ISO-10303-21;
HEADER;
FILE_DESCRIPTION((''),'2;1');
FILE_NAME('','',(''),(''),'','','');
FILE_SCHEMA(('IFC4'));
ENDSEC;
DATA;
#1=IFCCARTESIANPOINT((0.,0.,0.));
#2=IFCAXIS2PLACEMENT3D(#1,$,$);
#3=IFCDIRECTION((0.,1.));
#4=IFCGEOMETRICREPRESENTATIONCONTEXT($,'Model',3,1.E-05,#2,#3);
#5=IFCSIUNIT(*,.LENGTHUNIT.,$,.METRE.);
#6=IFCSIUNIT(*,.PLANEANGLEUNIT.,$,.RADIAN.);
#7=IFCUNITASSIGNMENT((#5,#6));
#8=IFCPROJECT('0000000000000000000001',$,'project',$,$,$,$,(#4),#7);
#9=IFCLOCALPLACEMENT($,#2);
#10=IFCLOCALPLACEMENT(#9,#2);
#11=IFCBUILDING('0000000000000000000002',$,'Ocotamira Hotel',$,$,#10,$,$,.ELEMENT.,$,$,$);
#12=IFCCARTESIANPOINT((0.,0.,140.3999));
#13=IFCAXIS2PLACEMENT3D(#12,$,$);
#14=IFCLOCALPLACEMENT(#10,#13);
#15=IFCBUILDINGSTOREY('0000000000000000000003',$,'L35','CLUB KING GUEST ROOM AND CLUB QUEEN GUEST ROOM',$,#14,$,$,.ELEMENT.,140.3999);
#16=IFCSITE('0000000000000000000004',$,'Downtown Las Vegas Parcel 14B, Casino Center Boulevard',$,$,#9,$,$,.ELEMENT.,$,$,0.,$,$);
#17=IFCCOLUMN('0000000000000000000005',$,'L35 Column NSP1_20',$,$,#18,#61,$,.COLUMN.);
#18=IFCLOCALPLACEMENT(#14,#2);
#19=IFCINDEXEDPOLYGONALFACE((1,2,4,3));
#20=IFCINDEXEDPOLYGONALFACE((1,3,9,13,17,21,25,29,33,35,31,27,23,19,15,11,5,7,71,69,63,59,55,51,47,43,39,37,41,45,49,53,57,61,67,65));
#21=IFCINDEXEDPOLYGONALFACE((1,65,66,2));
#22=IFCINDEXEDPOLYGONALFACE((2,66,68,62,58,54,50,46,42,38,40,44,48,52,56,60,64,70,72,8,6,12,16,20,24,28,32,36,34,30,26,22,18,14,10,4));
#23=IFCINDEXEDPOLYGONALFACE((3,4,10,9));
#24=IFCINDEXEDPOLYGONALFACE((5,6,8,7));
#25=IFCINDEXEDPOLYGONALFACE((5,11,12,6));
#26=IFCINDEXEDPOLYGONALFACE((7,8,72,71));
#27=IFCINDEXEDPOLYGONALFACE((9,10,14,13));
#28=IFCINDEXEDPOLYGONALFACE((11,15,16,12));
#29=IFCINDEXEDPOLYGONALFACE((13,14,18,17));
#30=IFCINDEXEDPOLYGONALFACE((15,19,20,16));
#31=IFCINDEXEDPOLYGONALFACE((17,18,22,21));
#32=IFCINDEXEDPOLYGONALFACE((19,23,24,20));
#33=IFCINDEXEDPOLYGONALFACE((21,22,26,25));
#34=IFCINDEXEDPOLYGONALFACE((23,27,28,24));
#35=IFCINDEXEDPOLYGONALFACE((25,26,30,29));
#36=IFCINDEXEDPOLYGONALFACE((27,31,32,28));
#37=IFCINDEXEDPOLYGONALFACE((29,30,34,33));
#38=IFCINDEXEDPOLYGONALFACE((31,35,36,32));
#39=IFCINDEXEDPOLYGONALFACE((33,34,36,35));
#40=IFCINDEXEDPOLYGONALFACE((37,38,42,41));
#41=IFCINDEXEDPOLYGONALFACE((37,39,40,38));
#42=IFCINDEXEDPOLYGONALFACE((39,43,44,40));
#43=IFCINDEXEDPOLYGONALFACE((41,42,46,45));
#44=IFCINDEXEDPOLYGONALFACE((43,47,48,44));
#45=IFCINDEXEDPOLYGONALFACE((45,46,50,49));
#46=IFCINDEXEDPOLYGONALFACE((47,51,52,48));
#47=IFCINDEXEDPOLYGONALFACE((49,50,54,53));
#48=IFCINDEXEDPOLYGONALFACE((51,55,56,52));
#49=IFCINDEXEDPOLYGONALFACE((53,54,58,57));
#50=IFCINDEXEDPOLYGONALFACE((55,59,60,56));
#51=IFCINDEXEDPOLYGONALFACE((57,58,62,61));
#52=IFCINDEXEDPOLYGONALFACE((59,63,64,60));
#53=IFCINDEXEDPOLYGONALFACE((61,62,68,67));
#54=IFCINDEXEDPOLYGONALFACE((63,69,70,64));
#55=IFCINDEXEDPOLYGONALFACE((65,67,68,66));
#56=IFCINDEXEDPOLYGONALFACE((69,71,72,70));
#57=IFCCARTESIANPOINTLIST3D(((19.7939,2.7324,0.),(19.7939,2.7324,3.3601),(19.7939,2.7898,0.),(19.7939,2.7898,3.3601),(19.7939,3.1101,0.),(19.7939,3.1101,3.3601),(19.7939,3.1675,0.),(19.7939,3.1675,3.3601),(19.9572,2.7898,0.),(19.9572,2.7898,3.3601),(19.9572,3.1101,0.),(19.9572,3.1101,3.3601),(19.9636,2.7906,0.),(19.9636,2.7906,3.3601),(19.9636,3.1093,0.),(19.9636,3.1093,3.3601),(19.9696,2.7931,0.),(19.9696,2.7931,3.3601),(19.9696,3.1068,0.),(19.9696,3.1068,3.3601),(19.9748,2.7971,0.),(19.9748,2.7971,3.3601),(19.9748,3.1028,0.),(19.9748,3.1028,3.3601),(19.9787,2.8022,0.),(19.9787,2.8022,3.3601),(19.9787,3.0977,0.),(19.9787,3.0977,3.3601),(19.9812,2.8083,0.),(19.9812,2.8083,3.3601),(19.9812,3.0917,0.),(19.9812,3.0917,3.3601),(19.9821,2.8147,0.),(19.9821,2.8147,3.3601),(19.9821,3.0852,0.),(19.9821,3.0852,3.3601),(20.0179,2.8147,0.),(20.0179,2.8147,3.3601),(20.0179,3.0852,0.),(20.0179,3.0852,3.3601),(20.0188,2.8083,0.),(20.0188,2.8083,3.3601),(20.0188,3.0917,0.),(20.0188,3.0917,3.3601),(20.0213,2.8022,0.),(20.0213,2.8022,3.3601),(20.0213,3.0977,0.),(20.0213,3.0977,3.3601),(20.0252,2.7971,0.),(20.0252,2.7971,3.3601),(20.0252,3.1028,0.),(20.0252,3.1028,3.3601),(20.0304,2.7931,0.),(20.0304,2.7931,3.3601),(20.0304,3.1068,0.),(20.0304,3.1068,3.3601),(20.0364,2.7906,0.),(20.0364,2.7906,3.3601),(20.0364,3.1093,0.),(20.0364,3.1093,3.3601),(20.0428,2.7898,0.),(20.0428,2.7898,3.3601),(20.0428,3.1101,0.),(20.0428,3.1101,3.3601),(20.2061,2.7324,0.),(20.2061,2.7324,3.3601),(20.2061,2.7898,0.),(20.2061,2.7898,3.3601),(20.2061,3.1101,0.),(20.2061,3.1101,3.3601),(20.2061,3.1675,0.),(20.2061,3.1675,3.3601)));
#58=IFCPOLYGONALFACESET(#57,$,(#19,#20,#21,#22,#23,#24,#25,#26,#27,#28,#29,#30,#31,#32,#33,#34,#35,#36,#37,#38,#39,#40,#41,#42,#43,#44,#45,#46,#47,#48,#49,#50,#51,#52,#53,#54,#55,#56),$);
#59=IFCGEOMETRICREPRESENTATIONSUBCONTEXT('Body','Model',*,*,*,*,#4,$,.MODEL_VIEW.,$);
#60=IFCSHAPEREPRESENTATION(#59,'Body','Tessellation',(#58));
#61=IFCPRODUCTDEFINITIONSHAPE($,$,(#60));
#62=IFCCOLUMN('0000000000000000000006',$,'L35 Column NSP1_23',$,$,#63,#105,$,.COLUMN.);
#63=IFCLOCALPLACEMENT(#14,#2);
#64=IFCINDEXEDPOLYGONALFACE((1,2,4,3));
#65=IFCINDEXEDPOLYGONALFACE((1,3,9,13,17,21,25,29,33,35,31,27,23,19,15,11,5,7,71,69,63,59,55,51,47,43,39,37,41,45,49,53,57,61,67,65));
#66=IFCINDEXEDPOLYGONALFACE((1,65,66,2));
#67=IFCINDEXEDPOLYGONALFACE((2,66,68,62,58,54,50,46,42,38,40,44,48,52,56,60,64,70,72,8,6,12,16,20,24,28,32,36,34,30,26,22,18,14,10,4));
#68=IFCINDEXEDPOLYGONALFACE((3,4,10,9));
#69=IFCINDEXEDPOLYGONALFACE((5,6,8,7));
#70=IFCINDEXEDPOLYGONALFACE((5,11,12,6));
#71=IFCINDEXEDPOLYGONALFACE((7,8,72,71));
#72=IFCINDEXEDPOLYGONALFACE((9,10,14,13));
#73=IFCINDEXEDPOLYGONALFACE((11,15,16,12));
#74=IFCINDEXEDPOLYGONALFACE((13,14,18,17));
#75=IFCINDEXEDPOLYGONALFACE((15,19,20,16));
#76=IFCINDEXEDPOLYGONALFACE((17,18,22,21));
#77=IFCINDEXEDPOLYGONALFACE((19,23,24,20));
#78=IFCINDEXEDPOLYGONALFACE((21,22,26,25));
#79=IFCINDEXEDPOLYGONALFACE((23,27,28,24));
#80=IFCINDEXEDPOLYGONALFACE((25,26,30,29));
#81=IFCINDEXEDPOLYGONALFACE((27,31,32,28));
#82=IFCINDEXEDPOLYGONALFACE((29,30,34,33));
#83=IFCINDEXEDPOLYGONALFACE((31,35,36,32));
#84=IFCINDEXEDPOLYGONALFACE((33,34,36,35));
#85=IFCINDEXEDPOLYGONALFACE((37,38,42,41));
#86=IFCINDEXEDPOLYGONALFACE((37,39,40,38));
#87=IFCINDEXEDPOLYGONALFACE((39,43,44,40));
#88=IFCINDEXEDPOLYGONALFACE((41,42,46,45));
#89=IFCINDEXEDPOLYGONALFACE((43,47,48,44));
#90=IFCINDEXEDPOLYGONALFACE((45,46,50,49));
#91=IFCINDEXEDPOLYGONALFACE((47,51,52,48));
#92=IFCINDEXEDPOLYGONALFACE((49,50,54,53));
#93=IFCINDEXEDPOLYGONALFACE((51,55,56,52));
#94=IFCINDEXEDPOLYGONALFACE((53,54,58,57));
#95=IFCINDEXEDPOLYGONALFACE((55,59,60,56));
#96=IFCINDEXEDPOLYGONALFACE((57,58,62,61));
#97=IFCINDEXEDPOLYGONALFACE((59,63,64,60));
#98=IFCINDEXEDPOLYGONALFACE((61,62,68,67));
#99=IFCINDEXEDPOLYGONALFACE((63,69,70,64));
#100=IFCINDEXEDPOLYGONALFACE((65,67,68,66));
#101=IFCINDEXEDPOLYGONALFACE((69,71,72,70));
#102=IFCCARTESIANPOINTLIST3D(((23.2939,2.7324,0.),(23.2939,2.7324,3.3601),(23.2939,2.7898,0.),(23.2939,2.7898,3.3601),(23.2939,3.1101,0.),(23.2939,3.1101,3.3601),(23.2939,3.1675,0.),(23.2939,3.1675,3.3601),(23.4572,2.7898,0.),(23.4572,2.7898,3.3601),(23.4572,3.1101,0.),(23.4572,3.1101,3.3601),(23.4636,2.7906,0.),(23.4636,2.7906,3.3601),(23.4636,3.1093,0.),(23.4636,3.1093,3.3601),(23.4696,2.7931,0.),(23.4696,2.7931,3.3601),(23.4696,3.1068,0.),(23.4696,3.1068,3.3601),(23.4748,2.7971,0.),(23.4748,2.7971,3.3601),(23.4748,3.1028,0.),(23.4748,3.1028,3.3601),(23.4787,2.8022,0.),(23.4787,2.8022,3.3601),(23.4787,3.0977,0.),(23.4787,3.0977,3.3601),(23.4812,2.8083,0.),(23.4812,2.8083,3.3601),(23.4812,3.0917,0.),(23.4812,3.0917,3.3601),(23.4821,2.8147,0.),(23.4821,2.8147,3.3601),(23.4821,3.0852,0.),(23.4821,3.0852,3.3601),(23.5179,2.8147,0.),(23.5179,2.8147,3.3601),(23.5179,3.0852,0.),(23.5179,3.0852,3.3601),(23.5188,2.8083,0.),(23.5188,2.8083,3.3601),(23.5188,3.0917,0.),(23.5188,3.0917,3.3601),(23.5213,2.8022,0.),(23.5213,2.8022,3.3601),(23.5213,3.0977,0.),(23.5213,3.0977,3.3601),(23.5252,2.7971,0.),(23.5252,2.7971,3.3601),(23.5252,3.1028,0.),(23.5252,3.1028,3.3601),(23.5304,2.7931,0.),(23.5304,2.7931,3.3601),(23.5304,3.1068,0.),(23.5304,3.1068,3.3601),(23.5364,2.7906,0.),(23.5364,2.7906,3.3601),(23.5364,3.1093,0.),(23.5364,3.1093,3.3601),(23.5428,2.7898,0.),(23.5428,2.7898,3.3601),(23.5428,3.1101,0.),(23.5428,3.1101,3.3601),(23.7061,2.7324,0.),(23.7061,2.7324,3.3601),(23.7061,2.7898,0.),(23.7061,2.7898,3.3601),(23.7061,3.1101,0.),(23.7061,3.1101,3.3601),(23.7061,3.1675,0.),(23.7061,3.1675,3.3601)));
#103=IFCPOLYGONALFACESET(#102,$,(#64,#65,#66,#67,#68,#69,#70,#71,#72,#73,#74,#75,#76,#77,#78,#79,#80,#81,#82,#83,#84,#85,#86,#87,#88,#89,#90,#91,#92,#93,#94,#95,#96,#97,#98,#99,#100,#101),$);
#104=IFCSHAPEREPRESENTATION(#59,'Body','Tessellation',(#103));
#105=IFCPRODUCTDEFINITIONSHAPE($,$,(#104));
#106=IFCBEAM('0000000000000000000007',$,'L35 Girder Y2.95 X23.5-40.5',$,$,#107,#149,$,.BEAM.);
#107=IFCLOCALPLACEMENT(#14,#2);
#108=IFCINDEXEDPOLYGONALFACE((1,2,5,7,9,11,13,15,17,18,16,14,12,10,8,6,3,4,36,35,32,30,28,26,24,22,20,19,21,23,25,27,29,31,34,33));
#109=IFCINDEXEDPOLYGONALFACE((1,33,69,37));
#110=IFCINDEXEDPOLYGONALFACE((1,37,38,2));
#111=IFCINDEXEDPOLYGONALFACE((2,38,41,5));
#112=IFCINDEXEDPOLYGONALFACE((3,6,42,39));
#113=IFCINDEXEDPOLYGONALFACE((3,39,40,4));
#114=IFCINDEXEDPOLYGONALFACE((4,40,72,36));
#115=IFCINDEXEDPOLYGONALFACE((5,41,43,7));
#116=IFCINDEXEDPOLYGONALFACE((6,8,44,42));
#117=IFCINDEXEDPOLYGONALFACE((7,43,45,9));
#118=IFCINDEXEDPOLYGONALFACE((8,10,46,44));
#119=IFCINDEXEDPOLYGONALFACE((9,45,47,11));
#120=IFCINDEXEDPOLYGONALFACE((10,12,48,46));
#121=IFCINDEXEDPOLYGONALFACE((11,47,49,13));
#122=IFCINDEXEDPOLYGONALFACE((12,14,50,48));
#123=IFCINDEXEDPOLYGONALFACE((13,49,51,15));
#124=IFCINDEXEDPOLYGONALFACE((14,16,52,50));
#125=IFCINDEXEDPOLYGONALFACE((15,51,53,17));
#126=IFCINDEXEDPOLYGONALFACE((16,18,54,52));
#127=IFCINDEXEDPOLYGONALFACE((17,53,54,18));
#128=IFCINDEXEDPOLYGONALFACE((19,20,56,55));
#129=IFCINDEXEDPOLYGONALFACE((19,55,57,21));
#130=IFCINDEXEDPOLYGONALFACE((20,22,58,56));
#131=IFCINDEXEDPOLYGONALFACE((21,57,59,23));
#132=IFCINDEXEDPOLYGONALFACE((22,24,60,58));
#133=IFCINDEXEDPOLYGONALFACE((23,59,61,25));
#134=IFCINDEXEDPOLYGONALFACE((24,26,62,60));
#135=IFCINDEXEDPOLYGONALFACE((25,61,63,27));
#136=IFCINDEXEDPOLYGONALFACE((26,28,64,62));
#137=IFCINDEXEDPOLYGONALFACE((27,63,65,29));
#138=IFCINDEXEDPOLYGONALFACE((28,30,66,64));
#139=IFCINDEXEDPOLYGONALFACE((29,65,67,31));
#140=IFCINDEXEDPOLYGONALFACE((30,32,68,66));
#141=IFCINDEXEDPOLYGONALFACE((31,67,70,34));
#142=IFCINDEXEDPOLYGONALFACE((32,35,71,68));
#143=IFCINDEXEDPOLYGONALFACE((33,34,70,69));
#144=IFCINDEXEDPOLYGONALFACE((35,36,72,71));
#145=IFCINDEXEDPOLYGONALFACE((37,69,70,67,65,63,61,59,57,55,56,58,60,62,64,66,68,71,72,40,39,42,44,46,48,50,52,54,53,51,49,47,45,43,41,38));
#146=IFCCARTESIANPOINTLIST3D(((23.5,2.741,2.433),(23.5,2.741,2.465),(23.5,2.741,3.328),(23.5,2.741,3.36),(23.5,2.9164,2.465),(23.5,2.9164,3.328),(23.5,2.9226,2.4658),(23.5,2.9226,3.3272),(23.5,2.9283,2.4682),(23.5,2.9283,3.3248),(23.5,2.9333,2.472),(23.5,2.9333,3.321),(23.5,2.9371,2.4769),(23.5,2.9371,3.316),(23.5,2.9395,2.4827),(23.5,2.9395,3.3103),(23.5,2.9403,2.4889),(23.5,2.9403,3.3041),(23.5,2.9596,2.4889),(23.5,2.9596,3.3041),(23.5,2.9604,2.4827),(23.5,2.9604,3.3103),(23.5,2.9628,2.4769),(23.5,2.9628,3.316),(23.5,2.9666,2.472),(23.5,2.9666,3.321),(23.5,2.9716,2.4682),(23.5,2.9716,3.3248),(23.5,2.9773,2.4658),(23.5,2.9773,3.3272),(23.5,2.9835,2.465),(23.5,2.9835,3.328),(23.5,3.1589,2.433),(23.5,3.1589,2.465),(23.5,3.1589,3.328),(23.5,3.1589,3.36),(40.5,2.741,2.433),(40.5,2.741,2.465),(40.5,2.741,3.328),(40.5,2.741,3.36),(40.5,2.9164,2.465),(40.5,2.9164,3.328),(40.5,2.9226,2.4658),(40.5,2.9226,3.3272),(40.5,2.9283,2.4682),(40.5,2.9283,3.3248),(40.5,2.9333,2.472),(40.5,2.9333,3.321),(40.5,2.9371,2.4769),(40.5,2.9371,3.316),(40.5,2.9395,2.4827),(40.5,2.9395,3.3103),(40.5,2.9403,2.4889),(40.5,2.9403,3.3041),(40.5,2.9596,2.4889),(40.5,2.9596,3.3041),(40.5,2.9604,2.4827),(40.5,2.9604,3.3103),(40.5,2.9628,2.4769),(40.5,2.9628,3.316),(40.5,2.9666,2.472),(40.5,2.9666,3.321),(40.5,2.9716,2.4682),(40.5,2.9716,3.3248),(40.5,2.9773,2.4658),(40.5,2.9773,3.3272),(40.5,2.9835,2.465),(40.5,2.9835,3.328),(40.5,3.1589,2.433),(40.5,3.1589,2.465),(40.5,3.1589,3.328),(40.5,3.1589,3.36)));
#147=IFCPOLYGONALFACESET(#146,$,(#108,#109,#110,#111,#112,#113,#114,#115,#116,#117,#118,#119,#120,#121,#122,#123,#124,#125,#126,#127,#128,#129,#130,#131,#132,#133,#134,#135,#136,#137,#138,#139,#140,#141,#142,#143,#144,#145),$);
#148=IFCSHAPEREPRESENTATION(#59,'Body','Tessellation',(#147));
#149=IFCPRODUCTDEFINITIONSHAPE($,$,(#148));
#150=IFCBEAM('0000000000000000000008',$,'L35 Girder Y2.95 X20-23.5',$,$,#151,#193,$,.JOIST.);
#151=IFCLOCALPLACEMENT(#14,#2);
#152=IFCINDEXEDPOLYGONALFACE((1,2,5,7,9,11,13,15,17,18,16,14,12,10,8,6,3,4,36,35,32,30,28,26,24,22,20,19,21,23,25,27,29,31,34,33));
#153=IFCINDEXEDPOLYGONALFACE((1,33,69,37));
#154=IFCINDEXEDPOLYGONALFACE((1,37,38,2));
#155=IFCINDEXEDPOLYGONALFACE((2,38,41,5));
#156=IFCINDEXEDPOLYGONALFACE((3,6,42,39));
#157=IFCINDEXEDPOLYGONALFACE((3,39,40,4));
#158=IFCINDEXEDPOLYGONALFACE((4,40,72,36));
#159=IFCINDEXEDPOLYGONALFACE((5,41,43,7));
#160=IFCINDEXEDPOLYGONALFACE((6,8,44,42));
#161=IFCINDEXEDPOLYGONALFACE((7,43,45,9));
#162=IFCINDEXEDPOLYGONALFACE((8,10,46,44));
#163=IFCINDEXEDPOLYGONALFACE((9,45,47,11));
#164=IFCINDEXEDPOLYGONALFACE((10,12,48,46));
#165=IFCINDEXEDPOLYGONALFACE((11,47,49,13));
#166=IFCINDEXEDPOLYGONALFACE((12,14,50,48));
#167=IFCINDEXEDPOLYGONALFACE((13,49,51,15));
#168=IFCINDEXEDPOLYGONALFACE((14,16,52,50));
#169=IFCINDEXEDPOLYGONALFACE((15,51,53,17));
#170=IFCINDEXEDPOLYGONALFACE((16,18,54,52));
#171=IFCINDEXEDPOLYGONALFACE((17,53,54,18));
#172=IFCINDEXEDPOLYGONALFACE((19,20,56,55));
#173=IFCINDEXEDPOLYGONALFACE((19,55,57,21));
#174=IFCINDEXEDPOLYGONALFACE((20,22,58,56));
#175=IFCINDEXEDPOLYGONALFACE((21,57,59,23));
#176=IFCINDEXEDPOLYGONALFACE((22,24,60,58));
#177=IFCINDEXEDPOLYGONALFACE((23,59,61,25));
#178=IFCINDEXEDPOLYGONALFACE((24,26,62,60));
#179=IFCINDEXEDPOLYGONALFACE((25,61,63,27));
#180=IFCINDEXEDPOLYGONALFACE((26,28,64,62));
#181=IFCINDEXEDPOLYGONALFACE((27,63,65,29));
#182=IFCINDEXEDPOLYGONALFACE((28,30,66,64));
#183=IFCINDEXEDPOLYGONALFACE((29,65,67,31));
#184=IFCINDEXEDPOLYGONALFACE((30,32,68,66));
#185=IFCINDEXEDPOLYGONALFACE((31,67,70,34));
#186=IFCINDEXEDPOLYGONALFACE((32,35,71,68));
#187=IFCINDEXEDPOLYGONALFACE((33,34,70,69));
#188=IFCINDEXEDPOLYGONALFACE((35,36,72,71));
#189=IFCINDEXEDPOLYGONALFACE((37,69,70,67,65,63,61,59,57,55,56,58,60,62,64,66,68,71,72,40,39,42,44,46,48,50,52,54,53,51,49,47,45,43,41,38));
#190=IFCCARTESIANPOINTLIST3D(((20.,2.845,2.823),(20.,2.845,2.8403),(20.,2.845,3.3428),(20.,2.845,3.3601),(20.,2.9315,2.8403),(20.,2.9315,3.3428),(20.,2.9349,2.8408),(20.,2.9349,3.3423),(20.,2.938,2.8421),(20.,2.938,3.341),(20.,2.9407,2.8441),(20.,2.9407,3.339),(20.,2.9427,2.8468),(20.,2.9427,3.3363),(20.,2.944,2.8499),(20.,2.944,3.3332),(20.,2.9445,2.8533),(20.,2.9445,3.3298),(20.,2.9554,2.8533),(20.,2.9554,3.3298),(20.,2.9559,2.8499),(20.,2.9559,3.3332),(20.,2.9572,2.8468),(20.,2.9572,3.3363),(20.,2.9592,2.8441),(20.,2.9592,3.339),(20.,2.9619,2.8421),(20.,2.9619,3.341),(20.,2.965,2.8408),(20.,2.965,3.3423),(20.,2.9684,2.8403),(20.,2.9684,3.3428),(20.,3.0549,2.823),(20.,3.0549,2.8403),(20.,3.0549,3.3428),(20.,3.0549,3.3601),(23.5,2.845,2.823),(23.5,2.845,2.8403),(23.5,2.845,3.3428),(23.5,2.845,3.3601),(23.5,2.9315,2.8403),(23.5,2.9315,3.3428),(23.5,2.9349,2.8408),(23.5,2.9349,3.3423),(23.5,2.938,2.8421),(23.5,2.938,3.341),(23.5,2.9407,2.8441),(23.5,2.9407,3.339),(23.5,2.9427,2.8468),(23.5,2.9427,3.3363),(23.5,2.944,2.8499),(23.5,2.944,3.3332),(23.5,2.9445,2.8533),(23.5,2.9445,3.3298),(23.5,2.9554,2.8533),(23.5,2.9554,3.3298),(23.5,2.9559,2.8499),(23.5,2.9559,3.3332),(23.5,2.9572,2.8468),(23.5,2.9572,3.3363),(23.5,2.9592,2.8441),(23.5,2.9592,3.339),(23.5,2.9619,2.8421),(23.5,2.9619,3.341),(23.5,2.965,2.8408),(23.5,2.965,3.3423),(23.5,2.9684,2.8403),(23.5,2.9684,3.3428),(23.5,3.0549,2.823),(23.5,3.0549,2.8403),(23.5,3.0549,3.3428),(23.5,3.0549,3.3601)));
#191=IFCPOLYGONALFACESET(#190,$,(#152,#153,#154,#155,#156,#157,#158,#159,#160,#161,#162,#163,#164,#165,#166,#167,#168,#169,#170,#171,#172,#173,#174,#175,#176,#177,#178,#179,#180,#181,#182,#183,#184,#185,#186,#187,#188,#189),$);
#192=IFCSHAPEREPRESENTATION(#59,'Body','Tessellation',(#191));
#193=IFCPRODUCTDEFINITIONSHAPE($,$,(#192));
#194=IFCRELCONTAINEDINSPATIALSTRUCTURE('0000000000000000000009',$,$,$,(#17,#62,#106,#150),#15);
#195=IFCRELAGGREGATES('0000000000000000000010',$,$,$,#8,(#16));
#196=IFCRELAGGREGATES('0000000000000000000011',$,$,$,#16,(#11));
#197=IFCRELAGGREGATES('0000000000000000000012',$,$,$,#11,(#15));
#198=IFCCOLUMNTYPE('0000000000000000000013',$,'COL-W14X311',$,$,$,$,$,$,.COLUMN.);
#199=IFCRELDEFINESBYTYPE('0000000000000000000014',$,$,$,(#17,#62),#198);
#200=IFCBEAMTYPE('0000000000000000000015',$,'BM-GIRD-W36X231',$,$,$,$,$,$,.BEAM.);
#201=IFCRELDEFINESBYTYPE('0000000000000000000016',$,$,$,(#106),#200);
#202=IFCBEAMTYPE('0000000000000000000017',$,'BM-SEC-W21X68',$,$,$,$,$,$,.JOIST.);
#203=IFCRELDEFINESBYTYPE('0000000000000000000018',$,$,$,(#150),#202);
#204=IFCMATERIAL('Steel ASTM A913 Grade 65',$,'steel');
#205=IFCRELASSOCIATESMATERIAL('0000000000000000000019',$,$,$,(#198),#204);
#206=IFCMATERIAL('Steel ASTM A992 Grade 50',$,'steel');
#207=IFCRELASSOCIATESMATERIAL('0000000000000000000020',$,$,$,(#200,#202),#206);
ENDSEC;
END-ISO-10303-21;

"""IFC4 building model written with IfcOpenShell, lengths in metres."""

from ifc_helpers import new_model, si_unit, direction, frame, origin, origin_2d, place, context, subcontext, project, spatial, i_section, extrude, source, transform, mapped, material, material_profile, profile_set, type_object, element, save


model = new_model("IFC4")

# Units and contexts
model_context = context("Model", 3, precision=1e-05, world=origin(), true_north=direction((0.0, 1.0)))
body_context = subcontext(model_context, "Body", "Model", "MODEL_VIEW")
ifc_project = project(units=[si_unit("LENGTHUNIT", "METRE"), si_unit("PLANEANGLEUNIT", "RADIAN")], contexts=[model_context])

# Site, building, storey
site_placement = place(None, origin())
site = spatial("IfcSite", under=ifc_project, at=site_placement, Name="Downtown Las Vegas Parcel 14B, Casino Center Boulevard", CompositionType="ELEMENT", RefElevation=0.0)
building_placement = place(site_placement, origin())
building = spatial("IfcBuilding", under=site, at=building_placement, Name="Ocotamira Hotel", CompositionType="ELEMENT")
storey_placement = place(building_placement, frame((0.0, 0.0, 140.3999)))
storey = spatial("IfcBuildingStorey", under=building, at=storey_placement, Name="L35", Description="CLUB KING GUEST ROOM AND CLUB QUEEN GUEST ROOM", CompositionType="ELEMENT", Elevation=140.3999)

# Columns
ifc_material_1 = material(Name="Steel ASTM A913 Grade 65", Category="steel")
ifc_material_profile_1 = material_profile(ifc_material_1, i_section(OverallWidth=0.4121, OverallDepth=0.4351, WebThickness=0.0359, FlangeThickness=0.0574, FilletRadius=0.0249, at=origin_2d()), Name="W14X311")
ifc_profile_set_1 = profile_set([ifc_material_profile_1], Name="Steel ASTM A913 Grade 65")
column_type = type_object("IfcColumnType", Name="COL-W14X311", PredefinedType="COLUMN", material=ifc_profile_set_1)
shared_shape_1 = source(origin(), body_context, "Body", "SweptSolid", [
    extrude(i_section(OverallWidth=0.4121, OverallDepth=0.4351, WebThickness=0.0359, FlangeThickness=0.0574, FilletRadius=0.0249, at=origin_2d()), origin(), (0.0, 0.0, 1.0), 3.3601),
])
for number, where, z_axis, x_axis, name in (
    (1, (20.0, 2.95, 0.0), (0.0, 0.0, 1.0), (1.0, 0.0, 0.0), "L35 Column NSP1_20"),
    (2, (23.5, 2.95, 0.0), (0.0, 0.0, 1.0), (1.0, 0.0, 0.0), "L35 Column NSP1_23"),
):
    element("IfcColumn", number, at=place(storey_placement, frame(where, z_axis=z_axis, x_axis=x_axis)), inside=storey, type_object=column_type, Name=name, PredefinedType="COLUMN", context=body_context, shape_type="MappedRepresentation", body=[
        mapped(shared_shape_1, transform((0.0, 0.0, 0.0), scale=1.0)),
    ])

# Beams
ifc_material_2 = material(Name="Steel ASTM A992 Grade 50", Category="steel")
ifc_material_profile_2 = material_profile(ifc_material_2, i_section(OverallWidth=0.418, OverallDepth=0.927, WebThickness=0.0193, FlangeThickness=0.032, FilletRadius=0.0239, at=origin_2d()), Name="W36X231")
ifc_profile_set_2 = profile_set([ifc_material_profile_2], Name="Steel ASTM A992 Grade 50")
beam_type_1 = type_object("IfcBeamType", Name="BM-GIRD-W36X231", PredefinedType="BEAM", material=ifc_profile_set_2)
shared_shape_2 = source(origin(), body_context, "Body", "SweptSolid", [
    extrude(i_section(OverallWidth=0.418, OverallDepth=0.927, WebThickness=0.0193, FlangeThickness=0.032, FilletRadius=0.0239, at=origin_2d()), origin(), (0.0, 0.0, 1.0), 17.0),
])
beam_1_placement = place(storey_placement, frame((23.5, 2.95, 2.8965), z_axis=(1.0, 0.0, 0.0), x_axis=(0.0, 1.0, 0.0)))
element("IfcBeam", 3, at=beam_1_placement, inside=storey, type_object=beam_type_1, Name="L35 Girder Y2.95 X23.5-40.5", PredefinedType="BEAM", context=body_context, shape_type="MappedRepresentation", body=[
    mapped(shared_shape_2, transform((0.0, 0.0, 0.0), scale=1.0)),
])
ifc_material_profile_3 = material_profile(ifc_material_2, i_section(OverallWidth=0.21, OverallDepth=0.5371, WebThickness=0.011, FlangeThickness=0.0173, FilletRadius=0.0129, at=origin_2d()), Name="W21X68")
ifc_profile_set_3 = profile_set([ifc_material_profile_3], Name="Steel ASTM A992 Grade 50")
beam_type_2 = type_object("IfcBeamType", Name="BM-SEC-W21X68", PredefinedType="JOIST", material=ifc_profile_set_3)
shared_shape_3 = source(origin(), body_context, "Body", "SweptSolid", [
    extrude(i_section(OverallWidth=0.21, OverallDepth=0.5371, WebThickness=0.011, FlangeThickness=0.0173, FilletRadius=0.0129, at=origin_2d()), origin(), (0.0, 0.0, 1.0), 3.5),
])
beam_2_placement = place(storey_placement, frame((20.0, 2.95, 3.0916), z_axis=(1.0, 0.0, 0.0), x_axis=(0.0, 1.0, 0.0)))
element("IfcBeam", 4, at=beam_2_placement, inside=storey, type_object=beam_type_2, Name="L35 Girder Y2.95 X20-23.5", PredefinedType="JOIST", context=body_context, shape_type="MappedRepresentation", body=[
    mapped(shared_shape_3, transform((0.0, 0.0, 0.0), scale=1.0)),
])

save(model, "model.ifc")
